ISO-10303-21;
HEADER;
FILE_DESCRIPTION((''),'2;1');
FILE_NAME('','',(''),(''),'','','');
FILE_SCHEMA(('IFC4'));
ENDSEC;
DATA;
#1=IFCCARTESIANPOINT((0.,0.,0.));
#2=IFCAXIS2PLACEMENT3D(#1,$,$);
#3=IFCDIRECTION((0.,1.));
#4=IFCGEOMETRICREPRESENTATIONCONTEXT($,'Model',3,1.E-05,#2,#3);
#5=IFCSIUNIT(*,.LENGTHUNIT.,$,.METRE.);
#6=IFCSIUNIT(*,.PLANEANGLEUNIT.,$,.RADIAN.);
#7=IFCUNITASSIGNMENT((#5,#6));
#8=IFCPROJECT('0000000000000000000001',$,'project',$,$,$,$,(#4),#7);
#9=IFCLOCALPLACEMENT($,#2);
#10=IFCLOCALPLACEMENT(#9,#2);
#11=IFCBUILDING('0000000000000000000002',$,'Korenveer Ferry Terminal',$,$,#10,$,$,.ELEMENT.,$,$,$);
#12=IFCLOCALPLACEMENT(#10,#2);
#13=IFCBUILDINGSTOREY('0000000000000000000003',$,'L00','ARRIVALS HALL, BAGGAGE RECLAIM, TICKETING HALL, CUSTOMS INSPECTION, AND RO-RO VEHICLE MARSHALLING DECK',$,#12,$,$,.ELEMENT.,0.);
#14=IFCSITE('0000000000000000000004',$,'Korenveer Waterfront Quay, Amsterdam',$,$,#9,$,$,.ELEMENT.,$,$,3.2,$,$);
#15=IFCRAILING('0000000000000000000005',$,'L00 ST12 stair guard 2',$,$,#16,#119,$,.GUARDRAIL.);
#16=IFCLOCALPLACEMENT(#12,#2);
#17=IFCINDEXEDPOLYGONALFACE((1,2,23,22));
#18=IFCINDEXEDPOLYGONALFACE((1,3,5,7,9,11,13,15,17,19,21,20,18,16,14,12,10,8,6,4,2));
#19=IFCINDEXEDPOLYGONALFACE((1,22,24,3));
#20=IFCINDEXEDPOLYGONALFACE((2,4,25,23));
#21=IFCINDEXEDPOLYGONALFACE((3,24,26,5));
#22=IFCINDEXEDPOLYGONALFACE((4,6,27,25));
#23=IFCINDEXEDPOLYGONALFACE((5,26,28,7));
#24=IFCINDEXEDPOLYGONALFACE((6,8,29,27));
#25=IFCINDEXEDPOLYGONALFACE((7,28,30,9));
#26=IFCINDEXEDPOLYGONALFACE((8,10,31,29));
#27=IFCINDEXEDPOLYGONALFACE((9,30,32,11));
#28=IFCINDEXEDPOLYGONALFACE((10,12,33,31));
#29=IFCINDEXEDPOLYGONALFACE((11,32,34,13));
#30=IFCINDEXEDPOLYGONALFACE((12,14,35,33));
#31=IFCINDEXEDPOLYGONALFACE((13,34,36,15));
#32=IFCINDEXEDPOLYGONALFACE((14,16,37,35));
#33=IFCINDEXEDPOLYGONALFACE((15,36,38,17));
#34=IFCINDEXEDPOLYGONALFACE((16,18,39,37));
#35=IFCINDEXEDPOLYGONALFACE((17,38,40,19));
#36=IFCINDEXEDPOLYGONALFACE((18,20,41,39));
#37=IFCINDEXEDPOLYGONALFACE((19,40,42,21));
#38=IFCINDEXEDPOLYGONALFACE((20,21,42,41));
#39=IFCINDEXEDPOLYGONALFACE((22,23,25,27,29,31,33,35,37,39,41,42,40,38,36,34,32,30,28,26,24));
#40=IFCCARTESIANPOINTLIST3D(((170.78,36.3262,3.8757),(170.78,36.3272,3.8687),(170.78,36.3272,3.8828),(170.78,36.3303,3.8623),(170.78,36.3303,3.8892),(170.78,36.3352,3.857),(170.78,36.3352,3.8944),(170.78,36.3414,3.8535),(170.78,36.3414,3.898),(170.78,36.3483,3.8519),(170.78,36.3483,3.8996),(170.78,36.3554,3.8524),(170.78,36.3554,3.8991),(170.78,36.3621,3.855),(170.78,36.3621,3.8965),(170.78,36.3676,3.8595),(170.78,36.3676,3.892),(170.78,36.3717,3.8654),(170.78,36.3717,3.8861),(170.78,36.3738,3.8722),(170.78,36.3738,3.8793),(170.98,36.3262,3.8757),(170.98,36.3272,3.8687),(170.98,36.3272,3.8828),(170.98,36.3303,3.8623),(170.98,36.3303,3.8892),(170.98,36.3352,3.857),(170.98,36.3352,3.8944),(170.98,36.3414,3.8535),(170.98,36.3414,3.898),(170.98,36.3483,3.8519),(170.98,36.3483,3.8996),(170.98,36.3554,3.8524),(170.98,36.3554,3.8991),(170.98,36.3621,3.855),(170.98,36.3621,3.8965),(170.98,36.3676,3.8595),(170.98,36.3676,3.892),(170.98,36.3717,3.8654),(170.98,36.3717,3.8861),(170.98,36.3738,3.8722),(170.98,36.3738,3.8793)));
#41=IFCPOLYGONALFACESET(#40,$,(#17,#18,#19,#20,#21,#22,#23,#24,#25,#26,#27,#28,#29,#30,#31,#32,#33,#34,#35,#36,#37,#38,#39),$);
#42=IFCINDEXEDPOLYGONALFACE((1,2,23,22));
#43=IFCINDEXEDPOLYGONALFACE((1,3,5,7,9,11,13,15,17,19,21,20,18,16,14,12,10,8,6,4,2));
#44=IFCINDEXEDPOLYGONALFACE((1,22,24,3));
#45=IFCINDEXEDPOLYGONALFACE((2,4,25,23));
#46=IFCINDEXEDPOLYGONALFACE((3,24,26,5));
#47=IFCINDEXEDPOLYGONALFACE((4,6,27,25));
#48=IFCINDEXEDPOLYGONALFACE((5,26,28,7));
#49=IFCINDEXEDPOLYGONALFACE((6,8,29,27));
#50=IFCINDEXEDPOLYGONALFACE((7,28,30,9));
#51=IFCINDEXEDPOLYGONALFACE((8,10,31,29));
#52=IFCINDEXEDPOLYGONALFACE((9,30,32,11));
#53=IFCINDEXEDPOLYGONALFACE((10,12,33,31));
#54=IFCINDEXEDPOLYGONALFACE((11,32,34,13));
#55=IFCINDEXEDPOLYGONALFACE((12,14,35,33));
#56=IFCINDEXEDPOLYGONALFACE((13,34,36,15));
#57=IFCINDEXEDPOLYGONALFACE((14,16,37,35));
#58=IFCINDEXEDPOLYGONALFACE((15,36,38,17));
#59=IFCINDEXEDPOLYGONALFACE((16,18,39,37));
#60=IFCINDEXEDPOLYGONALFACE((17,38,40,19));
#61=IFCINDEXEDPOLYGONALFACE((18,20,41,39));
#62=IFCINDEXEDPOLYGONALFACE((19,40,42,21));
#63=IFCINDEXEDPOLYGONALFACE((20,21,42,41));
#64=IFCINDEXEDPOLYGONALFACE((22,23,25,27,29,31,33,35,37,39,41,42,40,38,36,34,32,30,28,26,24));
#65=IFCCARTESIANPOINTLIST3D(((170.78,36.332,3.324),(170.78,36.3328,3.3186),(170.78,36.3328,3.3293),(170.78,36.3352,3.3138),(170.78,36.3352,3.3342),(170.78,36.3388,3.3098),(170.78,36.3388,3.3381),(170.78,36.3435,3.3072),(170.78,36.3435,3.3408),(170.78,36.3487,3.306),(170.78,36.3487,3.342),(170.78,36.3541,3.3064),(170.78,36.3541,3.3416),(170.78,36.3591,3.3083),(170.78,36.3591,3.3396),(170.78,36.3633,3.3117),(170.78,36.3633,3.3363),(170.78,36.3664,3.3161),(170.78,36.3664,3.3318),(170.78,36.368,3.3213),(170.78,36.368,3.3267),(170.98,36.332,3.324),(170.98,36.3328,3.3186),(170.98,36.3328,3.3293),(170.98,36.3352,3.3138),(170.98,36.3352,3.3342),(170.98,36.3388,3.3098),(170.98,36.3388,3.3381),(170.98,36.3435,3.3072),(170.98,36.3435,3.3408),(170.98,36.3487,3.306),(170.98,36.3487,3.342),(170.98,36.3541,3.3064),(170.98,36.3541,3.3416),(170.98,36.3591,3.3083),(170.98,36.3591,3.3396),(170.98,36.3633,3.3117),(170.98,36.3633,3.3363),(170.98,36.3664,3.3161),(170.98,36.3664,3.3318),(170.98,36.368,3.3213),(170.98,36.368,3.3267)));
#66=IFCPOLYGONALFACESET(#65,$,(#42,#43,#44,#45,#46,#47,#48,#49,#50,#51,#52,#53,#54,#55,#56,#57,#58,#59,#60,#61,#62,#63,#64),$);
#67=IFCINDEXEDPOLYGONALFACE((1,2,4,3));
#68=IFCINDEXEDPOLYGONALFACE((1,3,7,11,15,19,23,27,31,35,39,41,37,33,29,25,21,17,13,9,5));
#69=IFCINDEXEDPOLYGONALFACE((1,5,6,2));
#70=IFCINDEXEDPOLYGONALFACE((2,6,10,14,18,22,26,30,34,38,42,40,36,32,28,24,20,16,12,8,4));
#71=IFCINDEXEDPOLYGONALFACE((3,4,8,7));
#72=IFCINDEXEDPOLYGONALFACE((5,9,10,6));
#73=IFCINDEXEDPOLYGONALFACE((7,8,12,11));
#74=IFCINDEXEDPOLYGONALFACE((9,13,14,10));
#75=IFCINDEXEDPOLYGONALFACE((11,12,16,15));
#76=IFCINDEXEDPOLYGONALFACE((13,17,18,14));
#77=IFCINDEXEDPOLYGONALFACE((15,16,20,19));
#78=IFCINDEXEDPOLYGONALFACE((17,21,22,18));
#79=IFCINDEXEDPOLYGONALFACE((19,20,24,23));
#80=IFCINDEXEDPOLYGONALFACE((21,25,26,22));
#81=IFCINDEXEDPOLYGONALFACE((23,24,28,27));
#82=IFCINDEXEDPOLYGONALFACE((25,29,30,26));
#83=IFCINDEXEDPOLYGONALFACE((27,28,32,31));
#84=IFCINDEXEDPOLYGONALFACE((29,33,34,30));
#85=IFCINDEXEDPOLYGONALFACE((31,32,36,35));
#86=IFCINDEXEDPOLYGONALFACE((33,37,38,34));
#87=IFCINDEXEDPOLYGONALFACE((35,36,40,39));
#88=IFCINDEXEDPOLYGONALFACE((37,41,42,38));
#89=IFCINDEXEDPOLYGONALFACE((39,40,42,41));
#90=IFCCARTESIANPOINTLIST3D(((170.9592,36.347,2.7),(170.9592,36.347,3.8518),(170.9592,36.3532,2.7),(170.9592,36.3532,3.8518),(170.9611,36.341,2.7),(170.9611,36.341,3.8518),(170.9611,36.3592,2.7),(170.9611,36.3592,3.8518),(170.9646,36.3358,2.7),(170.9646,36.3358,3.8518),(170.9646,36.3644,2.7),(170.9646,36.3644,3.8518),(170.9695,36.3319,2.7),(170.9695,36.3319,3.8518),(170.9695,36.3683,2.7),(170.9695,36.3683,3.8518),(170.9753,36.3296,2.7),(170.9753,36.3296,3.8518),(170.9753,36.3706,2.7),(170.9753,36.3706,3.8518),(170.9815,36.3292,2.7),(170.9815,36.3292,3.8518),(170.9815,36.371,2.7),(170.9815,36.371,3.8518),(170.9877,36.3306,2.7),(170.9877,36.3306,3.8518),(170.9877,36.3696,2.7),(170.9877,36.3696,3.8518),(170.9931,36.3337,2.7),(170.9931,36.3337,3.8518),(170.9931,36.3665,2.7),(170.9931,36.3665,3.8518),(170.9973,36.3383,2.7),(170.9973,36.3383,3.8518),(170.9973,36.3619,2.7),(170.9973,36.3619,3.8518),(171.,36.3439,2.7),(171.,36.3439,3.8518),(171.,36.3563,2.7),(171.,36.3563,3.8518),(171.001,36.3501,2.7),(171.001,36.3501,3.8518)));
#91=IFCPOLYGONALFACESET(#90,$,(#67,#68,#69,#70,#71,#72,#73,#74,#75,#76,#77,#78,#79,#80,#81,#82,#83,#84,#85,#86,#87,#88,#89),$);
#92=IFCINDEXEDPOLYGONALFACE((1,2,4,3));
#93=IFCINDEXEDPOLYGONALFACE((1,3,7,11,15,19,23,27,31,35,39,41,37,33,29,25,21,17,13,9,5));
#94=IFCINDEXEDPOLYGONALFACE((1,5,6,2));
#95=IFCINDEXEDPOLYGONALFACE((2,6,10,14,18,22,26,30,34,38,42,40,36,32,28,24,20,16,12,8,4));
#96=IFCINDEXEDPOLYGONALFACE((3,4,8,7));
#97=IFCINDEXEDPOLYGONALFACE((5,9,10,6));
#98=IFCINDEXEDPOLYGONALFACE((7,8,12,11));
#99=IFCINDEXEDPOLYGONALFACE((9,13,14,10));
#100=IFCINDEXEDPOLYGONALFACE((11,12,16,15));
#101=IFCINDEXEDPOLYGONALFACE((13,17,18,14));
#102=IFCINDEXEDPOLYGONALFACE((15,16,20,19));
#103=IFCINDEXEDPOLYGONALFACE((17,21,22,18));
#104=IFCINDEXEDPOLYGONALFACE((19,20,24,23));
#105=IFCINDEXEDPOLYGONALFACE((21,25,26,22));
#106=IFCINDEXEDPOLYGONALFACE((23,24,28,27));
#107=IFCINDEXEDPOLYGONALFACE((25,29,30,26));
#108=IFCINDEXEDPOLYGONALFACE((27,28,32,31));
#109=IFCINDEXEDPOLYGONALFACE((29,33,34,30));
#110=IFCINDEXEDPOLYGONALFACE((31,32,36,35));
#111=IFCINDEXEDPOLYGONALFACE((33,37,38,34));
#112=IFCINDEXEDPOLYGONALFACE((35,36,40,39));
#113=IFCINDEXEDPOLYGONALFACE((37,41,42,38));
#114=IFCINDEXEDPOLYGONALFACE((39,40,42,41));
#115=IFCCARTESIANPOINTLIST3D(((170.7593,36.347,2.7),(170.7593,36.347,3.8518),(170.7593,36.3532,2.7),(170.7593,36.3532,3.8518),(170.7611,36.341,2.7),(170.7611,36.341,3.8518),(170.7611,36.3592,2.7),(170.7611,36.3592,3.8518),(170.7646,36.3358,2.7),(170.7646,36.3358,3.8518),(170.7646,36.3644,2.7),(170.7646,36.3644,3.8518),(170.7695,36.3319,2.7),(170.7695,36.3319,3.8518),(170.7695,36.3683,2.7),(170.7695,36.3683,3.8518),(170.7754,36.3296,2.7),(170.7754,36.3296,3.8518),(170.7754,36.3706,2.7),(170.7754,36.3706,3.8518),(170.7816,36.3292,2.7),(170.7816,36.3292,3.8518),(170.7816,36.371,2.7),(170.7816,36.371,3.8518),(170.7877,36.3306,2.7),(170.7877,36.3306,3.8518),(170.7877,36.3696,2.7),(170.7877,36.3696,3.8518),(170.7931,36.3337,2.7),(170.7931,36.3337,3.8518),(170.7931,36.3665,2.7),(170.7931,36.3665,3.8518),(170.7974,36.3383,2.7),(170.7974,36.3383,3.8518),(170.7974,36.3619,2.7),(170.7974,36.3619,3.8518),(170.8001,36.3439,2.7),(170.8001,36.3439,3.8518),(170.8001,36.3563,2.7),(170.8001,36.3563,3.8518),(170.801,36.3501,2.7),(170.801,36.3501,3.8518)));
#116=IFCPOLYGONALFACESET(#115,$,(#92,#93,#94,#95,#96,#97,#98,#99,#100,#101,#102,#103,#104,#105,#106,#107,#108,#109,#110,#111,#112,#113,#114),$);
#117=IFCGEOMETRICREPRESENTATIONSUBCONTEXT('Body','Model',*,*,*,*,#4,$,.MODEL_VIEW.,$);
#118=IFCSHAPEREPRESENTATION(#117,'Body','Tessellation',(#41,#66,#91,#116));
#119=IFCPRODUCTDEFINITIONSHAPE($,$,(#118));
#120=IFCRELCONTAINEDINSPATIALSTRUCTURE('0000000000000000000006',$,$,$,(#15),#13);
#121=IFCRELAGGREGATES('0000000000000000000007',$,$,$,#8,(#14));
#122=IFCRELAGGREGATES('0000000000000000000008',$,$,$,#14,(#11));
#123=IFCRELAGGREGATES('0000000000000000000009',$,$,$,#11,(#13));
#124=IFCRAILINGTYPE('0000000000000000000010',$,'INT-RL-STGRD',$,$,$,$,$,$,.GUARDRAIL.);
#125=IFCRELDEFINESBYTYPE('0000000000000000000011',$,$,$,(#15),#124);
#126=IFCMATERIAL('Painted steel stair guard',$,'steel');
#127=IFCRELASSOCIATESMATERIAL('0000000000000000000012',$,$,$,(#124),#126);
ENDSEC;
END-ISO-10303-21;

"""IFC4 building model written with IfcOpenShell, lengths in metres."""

from ifc_helpers import new_model, si_unit, direction, frame, origin, origin_2d, place, context, subcontext, project, spatial, circle, extrude, material, type_object, element, save


model = new_model("IFC4")

# Units and contexts
model_context = context("Model", 3, precision=1e-05, world=origin(), true_north=direction((0.0, 1.0)))
body_context = subcontext(model_context, "Body", "Model", "MODEL_VIEW")
ifc_project = project(units=[si_unit("LENGTHUNIT", "METRE"), si_unit("PLANEANGLEUNIT", "RADIAN")], contexts=[model_context])

# Site, building, storey
site_placement = place(None, origin())
site = spatial("IfcSite", under=ifc_project, at=site_placement, Name="Korenveer Waterfront Quay, Amsterdam", CompositionType="ELEMENT", RefElevation=3.2)
building_placement = place(site_placement, origin())
building = spatial("IfcBuilding", under=site, at=building_placement, Name="Korenveer Ferry Terminal", CompositionType="ELEMENT")
storey_placement = place(building_placement, origin())
storey = spatial("IfcBuildingStorey", under=building, at=storey_placement, Name="L00", Description="ARRIVALS HALL, BAGGAGE RECLAIM, TICKETING HALL, CUSTOMS INSPECTION, AND RO-RO VEHICLE MARSHALLING DECK", CompositionType="ELEMENT", Elevation=0.0)

# Railing
ifc_material_1 = material(Name="Painted steel stair guard", Category="steel")
railing_type_1 = type_object("IfcRailingType", Name="INT-RL-STGRD", PredefinedType="GUARDRAIL", material=ifc_material_1)
railing_1_placement = place(storey_placement, frame((170.98, 36.3501, 2.7)))
element("IfcRailing", 1, at=railing_1_placement, inside=storey, type_object=railing_type_1, Name="L00 ST12 stair guard 2", PredefinedType="GUARDRAIL", context=body_context, shape_type="SweptSolid", body=[
    extrude(circle(Radius=0.0239, at=origin_2d()), frame((0.0, 0.0, 1.1758), z_axis=(-1.0, 0.0, 0.0), x_axis=(0.0, -1.0, 0.0)), (0.0, 0.0, 1.0), 0.2),
    extrude(circle(Radius=0.0181, at=origin_2d()), frame((0.0, 0.0, 0.624), z_axis=(-1.0, 0.0, 0.0), x_axis=(0.0, -1.0, 0.0)), (0.0, 0.0, 1.0), 0.2),
    extrude(circle(Radius=0.021, at=origin_2d()), origin(), (0.0, 0.0, 1.0), 1.1519),
    extrude(circle(Radius=0.021, at=origin_2d()), frame((-0.2, 0.0, 0.0)), (0.0, 0.0, 1.0), 1.1519),
])

save(model, "model.ifc")
